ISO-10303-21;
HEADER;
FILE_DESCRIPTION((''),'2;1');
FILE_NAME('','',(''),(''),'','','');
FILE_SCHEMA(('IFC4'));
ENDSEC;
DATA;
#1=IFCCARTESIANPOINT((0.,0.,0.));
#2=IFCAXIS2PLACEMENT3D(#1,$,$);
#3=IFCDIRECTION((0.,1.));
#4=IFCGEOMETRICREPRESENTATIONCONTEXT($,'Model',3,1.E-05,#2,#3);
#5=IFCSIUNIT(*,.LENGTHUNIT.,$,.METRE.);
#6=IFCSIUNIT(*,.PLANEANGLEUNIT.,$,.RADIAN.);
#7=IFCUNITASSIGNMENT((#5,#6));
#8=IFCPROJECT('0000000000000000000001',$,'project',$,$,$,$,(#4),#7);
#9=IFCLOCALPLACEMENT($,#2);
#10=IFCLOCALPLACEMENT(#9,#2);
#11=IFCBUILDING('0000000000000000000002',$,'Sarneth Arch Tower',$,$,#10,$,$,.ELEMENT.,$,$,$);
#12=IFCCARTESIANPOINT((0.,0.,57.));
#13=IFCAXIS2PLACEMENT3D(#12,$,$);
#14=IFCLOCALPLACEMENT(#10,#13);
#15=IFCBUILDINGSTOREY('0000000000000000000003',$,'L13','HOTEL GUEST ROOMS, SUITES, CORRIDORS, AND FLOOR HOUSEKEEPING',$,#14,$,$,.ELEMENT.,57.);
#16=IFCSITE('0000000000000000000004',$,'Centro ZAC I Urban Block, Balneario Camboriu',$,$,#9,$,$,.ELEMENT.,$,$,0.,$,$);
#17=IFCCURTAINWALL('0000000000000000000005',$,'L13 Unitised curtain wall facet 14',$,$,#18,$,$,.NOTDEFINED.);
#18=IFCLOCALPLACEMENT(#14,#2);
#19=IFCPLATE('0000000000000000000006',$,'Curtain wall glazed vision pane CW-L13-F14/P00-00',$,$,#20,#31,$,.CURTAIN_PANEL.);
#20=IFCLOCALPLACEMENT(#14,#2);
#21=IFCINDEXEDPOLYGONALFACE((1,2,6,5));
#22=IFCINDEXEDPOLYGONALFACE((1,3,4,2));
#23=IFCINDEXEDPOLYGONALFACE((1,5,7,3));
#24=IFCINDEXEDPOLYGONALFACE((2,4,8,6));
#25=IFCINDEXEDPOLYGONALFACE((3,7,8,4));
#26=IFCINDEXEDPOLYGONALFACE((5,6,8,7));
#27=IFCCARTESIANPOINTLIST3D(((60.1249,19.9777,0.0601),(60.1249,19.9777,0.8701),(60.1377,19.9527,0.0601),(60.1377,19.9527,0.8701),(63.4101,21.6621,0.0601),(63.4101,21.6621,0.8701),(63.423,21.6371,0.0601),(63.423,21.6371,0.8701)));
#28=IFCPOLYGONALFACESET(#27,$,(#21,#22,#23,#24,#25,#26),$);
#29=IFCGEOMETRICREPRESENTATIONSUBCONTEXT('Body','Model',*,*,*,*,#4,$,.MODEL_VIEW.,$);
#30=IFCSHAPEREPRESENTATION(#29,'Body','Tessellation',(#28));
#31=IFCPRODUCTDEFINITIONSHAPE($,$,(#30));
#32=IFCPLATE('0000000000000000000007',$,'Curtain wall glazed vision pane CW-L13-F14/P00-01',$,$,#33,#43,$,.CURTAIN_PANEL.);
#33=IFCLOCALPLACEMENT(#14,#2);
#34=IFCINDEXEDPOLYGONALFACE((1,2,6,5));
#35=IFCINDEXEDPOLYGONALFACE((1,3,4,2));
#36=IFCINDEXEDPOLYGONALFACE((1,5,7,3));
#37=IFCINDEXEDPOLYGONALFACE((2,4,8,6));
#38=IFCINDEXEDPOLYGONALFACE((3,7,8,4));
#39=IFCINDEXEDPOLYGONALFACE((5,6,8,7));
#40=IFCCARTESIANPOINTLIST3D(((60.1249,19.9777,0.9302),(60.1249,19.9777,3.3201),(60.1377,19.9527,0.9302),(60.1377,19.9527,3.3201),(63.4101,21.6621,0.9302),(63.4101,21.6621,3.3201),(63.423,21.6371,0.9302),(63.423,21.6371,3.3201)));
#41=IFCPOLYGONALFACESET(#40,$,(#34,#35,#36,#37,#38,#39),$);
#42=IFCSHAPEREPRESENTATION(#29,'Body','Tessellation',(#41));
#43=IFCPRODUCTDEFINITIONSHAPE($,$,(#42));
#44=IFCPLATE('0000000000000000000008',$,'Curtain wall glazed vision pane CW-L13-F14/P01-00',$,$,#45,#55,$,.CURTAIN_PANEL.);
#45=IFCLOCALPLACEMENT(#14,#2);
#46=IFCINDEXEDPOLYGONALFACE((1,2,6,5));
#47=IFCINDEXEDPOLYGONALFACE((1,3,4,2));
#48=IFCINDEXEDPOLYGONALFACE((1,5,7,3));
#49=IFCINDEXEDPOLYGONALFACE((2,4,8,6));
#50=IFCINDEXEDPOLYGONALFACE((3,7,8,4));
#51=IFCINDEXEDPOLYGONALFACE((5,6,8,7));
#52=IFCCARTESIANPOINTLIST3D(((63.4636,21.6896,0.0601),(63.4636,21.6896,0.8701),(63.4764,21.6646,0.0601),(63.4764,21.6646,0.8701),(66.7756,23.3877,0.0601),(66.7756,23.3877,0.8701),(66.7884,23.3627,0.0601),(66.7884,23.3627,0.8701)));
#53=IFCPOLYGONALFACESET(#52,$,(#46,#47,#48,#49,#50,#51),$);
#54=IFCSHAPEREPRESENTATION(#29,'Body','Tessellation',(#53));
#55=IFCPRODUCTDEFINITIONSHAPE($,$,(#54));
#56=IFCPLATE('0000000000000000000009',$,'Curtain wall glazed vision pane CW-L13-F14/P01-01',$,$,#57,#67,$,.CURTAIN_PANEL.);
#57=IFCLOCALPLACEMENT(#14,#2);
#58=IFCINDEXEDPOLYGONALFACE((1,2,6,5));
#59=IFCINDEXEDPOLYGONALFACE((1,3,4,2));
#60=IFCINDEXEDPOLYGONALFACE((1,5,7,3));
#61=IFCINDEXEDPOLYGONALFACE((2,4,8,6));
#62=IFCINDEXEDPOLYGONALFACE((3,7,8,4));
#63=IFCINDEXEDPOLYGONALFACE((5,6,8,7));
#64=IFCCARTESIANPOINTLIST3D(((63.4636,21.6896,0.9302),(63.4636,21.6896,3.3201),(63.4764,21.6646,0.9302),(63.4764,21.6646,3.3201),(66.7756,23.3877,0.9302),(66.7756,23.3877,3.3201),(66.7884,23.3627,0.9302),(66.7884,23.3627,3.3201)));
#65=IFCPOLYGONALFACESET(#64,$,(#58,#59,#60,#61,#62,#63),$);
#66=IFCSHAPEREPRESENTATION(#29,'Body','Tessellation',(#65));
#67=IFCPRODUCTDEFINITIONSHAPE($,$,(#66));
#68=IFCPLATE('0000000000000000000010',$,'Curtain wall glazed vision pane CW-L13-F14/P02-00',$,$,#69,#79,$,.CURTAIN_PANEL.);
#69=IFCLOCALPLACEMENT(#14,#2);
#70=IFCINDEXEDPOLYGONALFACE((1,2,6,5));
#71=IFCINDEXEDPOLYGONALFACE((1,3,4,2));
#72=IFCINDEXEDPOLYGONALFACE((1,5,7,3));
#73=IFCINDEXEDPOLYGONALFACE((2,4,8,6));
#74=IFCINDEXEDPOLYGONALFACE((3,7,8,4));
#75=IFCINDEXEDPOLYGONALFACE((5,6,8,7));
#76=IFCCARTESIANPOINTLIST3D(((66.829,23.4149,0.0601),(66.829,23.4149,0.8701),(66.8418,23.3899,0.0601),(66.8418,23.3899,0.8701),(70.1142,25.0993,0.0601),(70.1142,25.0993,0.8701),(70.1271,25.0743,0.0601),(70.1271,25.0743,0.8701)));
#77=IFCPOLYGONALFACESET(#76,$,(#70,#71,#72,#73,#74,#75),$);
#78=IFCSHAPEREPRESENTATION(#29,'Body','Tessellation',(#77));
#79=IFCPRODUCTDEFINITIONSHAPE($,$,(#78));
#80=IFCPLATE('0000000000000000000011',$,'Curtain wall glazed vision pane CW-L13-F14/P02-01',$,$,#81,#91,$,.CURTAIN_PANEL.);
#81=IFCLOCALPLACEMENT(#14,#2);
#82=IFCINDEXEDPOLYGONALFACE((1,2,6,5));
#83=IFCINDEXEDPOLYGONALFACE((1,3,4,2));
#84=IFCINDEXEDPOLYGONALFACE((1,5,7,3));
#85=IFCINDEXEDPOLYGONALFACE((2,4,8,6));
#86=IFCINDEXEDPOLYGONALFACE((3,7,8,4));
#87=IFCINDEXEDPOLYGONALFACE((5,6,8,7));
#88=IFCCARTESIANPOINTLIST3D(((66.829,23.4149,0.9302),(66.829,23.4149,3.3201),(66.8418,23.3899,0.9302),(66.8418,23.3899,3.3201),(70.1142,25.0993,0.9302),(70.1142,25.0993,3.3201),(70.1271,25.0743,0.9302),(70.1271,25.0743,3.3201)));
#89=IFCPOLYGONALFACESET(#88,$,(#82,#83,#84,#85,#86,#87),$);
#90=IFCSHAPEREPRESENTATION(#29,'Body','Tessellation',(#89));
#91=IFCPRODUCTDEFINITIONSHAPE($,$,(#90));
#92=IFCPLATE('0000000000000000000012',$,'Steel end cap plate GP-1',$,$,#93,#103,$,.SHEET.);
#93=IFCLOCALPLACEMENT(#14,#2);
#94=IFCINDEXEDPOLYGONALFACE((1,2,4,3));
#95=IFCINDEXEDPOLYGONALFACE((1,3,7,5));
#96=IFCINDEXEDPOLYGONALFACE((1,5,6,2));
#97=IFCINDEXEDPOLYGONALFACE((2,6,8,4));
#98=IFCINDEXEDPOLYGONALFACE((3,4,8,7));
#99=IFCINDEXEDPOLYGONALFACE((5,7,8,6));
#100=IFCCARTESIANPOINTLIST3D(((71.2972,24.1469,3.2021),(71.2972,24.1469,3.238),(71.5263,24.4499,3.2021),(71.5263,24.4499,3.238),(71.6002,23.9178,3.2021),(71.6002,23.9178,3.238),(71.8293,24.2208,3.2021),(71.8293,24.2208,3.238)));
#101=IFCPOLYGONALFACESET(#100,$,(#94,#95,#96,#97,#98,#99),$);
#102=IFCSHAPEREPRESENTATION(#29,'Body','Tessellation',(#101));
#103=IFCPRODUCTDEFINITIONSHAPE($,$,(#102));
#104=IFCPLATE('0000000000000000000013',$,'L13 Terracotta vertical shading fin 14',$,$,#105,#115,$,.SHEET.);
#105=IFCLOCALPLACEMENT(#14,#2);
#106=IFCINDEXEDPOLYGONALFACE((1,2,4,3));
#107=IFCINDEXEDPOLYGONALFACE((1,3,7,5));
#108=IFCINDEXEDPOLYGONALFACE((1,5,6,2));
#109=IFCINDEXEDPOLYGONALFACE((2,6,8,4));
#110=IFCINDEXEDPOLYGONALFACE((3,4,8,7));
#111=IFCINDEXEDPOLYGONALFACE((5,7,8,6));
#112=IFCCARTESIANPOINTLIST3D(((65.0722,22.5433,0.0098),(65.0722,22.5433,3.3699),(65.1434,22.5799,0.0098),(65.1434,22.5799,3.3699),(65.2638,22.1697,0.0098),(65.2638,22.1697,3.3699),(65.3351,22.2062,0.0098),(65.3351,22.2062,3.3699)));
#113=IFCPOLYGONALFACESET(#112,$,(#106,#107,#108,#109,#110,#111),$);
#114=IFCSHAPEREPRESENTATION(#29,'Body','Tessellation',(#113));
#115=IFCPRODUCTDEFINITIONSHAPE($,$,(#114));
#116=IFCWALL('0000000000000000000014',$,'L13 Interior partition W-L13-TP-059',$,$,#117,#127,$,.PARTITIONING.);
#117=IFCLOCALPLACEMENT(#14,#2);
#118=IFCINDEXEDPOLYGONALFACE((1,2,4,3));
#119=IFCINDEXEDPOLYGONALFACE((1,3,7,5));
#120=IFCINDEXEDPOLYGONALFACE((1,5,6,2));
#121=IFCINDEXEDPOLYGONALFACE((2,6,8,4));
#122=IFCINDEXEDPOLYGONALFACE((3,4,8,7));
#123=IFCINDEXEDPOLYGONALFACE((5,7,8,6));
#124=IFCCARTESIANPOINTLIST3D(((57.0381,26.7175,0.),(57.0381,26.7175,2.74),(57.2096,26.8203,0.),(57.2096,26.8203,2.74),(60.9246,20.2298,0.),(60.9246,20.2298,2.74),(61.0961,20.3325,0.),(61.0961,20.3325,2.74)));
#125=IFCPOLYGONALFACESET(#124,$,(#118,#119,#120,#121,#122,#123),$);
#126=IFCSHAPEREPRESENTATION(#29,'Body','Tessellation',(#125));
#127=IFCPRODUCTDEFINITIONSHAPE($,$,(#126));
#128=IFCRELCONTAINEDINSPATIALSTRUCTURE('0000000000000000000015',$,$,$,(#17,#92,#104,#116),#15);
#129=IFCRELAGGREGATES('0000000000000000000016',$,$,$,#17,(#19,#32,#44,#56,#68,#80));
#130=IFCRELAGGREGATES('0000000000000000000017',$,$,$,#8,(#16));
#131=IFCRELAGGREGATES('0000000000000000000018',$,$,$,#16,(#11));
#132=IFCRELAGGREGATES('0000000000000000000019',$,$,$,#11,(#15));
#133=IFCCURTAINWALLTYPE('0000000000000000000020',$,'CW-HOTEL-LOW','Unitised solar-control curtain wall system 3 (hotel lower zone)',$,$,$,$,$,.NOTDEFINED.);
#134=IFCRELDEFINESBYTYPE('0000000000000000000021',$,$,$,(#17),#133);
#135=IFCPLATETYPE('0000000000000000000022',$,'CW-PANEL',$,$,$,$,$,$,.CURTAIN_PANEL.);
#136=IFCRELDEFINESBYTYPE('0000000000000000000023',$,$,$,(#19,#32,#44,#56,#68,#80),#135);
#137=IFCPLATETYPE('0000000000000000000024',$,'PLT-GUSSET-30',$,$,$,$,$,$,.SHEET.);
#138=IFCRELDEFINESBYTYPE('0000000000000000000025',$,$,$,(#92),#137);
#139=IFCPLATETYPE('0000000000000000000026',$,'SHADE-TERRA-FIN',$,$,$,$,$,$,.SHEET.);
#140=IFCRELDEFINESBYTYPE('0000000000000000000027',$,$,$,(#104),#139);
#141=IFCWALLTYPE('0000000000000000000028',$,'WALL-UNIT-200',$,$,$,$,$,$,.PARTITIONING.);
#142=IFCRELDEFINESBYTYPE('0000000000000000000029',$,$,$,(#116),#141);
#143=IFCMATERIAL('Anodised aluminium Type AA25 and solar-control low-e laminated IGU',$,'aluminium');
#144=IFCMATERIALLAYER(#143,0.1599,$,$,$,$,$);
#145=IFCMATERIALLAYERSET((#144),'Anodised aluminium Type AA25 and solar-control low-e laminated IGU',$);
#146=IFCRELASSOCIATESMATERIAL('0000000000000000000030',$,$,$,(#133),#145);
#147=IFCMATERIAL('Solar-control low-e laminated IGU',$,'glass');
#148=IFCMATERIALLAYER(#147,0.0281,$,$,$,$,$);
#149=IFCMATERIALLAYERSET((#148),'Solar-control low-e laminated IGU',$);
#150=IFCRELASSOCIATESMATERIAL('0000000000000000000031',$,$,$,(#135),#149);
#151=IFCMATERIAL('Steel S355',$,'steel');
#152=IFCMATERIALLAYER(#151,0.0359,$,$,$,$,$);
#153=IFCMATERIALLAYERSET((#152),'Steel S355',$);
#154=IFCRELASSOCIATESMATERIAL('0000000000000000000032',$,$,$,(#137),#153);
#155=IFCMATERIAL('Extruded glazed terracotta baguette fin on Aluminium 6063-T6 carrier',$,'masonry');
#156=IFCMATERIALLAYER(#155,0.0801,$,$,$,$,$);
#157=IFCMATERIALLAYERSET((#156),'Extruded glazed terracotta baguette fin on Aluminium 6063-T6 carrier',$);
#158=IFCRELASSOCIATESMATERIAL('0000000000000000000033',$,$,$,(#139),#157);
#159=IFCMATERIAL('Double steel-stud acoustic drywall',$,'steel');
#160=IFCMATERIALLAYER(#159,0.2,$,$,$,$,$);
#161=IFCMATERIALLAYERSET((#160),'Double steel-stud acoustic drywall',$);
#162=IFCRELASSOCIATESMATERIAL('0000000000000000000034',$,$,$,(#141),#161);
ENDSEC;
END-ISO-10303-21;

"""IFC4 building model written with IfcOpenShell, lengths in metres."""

from ifc_helpers import new_model, si_unit, direction, frame, frame_2d, origin, origin_2d, place, context, subcontext, project, spatial, rectangle, extrude, material, layer, layer_set, type_object, element, aggregate, save


model = new_model("IFC4")

# Units and contexts
model_context = context("Model", 3, precision=1e-05, world=origin(), true_north=direction((0.0, 1.0)))
body_context = subcontext(model_context, "Body", "Model", "MODEL_VIEW")
ifc_project = project(units=[si_unit("LENGTHUNIT", "METRE"), si_unit("PLANEANGLEUNIT", "RADIAN")], contexts=[model_context])

# Site, building, storey
site_placement = place(None, origin())
site = spatial("IfcSite", under=ifc_project, at=site_placement, Name="Centro ZAC I Urban Block, Balneario Camboriu", CompositionType="ELEMENT", RefElevation=0.0)
building_placement = place(site_placement, origin())
building = spatial("IfcBuilding", under=site, at=building_placement, Name="Sarneth Arch Tower", CompositionType="ELEMENT")
storey_placement = place(building_placement, frame((0.0, 0.0, 57.0)))
storey = spatial("IfcBuildingStorey", under=building, at=storey_placement, Name="L13", Description="HOTEL GUEST ROOMS, SUITES, CORRIDORS, AND FLOOR HOUSEKEEPING", CompositionType="ELEMENT", Elevation=57.0)

# Curtain wall, plates
ifc_material_1 = material(Name="Anodised aluminium Type AA25 and solar-control low-e laminated IGU", Category="aluminium")
ifc_layer_1 = layer(ifc_material_1, 0.1599)
ifc_layer_set_1 = layer_set([ifc_layer_1], Name="Anodised aluminium Type AA25 and solar-control low-e laminated IGU")
curtain_wall_type = type_object("IfcCurtainWallType", Name="CW-HOTEL-LOW", Description="Unitised solar-control curtain wall system 3 (hotel lower zone)", PredefinedType="NOTDEFINED", material=ifc_layer_set_1)
curtain_wall_placement = place(storey_placement, origin())
curtain_wall = element("IfcCurtainWall", 1, at=curtain_wall_placement, inside=storey, type_object=curtain_wall_type, Name="L13 Unitised curtain wall facet 14", PredefinedType="NOTDEFINED")
ifc_material_2 = material(Name="Solar-control low-e laminated IGU", Category="glass")
ifc_layer_2 = layer(ifc_material_2, 0.0281)
ifc_layer_set_2 = layer_set([ifc_layer_2], Name="Solar-control low-e laminated IGU")
plate_type_1 = type_object("IfcPlateType", Name="CW-PANEL", PredefinedType="CURTAIN_PANEL", material=ifc_layer_set_2)
plate_1_placement = place(storey_placement, frame((61.7739, 20.8074, 0.0601), z_axis=(0.0, 0.0, 1.0), x_axis=(0.889854, 0.456245, 0.0)))
plate_1 = element("IfcPlate", 2, at=plate_1_placement, type_object=plate_type_1, Name="Curtain wall glazed vision pane CW-L13-F14/P00-00", PredefinedType="CURTAIN_PANEL", context=body_context, shape_type="SweptSolid", body=[
    extrude(rectangle(XDim=3.6919, YDim=0.0281, at=origin_2d()), origin(), (0.0, 0.0, 1.0), 0.8101),
])
plate_2_placement = place(storey_placement, frame((61.7739, 20.8074, 0.9302), z_axis=(0.0, 0.0, 1.0), x_axis=(0.889854, 0.456245, 0.0)))
plate_2 = element("IfcPlate", 3, at=plate_2_placement, type_object=plate_type_1, Name="Curtain wall glazed vision pane CW-L13-F14/P00-01", PredefinedType="CURTAIN_PANEL", context=body_context, shape_type="SweptSolid", body=[
    extrude(rectangle(XDim=3.6919, YDim=0.0281, at=origin_2d()), origin(), (0.0, 0.0, 1.0), 2.3899),
])
plate_3_placement = place(storey_placement, frame((65.126, 22.5261, 0.0601), z_axis=(0.0, 0.0, 1.0), x_axis=(0.889854, 0.456245, 0.0)))
plate_3 = element("IfcPlate", 4, at=plate_3_placement, type_object=plate_type_1, Name="Curtain wall glazed vision pane CW-L13-F14/P01-00", PredefinedType="CURTAIN_PANEL", context=body_context, shape_type="SweptSolid", body=[
    extrude(rectangle(XDim=3.7219, YDim=0.0281, at=origin_2d()), origin(), (0.0, 0.0, 1.0), 0.8101),
])
plate_4_placement = place(storey_placement, frame((65.126, 22.5261, 0.9302), z_axis=(0.0, 0.0, 1.0), x_axis=(0.889854, 0.456245, 0.0)))
plate_4 = element("IfcPlate", 5, at=plate_4_placement, type_object=plate_type_1, Name="Curtain wall glazed vision pane CW-L13-F14/P01-01", PredefinedType="CURTAIN_PANEL", context=body_context, shape_type="SweptSolid", body=[
    extrude(rectangle(XDim=3.7219, YDim=0.0281, at=origin_2d()), origin(), (0.0, 0.0, 1.0), 2.3899),
])
plate_5_placement = place(storey_placement, frame((68.478, 24.2446, 0.0601), z_axis=(0.0, 0.0, 1.0), x_axis=(0.889854, 0.456245, 0.0)))
plate_5 = element("IfcPlate", 6, at=plate_5_placement, type_object=plate_type_1, Name="Curtain wall glazed vision pane CW-L13-F14/P02-00", PredefinedType="CURTAIN_PANEL", context=body_context, shape_type="SweptSolid", body=[
    extrude(rectangle(XDim=3.6919, YDim=0.0281, at=origin_2d()), origin(), (0.0, 0.0, 1.0), 0.8101),
])
plate_6_placement = place(storey_placement, frame((68.478, 24.2446, 0.9302), z_axis=(0.0, 0.0, 1.0), x_axis=(0.889854, 0.456245, 0.0)))
plate_6 = element("IfcPlate", 7, at=plate_6_placement, type_object=plate_type_1, Name="Curtain wall glazed vision pane CW-L13-F14/P02-01", PredefinedType="CURTAIN_PANEL", context=body_context, shape_type="SweptSolid", body=[
    extrude(rectangle(XDim=3.6919, YDim=0.0281, at=origin_2d()), origin(), (0.0, 0.0, 1.0), 2.3899),
])
aggregate(curtain_wall, [plate_1, plate_2, plate_3, plate_4, plate_5, plate_6])

# Plates
ifc_material_3 = material(Name="Steel S355", Category="steel")
ifc_layer_3 = layer(ifc_material_3, 0.0359)
ifc_layer_set_3 = layer_set([ifc_layer_3], Name="Steel S355")
plate_type_2 = type_object("IfcPlateType", Name="PLT-GUSSET-30", PredefinedType="SHEET", material=ifc_layer_set_3)
plate_7_placement = place(storey_placement, frame((71.5632, 24.1838, 3.2021), z_axis=(0.0, 0.0, 1.0), x_axis=(0.797689, -0.603069, 0.0)))
element("IfcPlate", 8, at=plate_7_placement, inside=storey, type_object=plate_type_2, Name="Steel end cap plate GP-1", PredefinedType="SHEET", context=body_context, shape_type="SweptSolid", body=[
    extrude(rectangle(XDim=0.3799, YDim=0.3799, at=origin_2d()), origin(), (0.0, 0.0, 1.0), 0.0359),
])
ifc_material_4 = material(Name="Extruded glazed terracotta baguette fin on Aluminium 6063-T6 carrier", Category="masonry")
ifc_layer_4 = layer(ifc_material_4, 0.0801)
ifc_layer_set_4 = layer_set([ifc_layer_4], Name="Extruded glazed terracotta baguette fin on Aluminium 6063-T6 carrier")
plate_type_3 = type_object("IfcPlateType", Name="SHADE-TERRA-FIN", PredefinedType="SHEET", material=ifc_layer_set_4)
plate_8_placement = place(storey_placement, frame((65.2036, 22.3748, 0.0098), z_axis=(0.0, 0.0, 1.0), x_axis=(0.456322, -0.889815, 0.0)))
element("IfcPlate", 9, at=plate_8_placement, inside=storey, type_object=plate_type_3, Name="L13 Terracotta vertical shading fin 14", PredefinedType="SHEET", context=body_context, shape_type="SweptSolid", body=[
    extrude(rectangle(XDim=0.4199, YDim=0.0801, at=origin_2d()), origin(), (0.0, 0.0, 1.0), 3.3601),
])

# Wall
ifc_material_5 = material(Name="Double steel-stud acoustic drywall", Category="steel")
ifc_layer_5 = layer(ifc_material_5, 0.2)
ifc_layer_set_5 = layer_set([ifc_layer_5], Name="Double steel-stud acoustic drywall")
wall_type = type_object("IfcWallType", Name="WALL-UNIT-200", PredefinedType="PARTITIONING", material=ifc_layer_set_5)
wall_placement = place(storey_placement, frame((61.0103, 20.2812, 0.0), z_axis=(0.0, 0.0, 1.0), x_axis=(-0.513893, 0.857854, 0.0)))
element("IfcWall", 10, at=wall_placement, inside=storey, type_object=wall_type, Name="L13 Interior partition W-L13-TP-059", PredefinedType="PARTITIONING", context=body_context, shape_type="SweptSolid", body=[
    extrude(rectangle(XDim=7.5627, YDim=0.2, at=frame_2d((3.7812, 0.0))), origin(), (0.0, 0.0, 1.0), 2.74),
])

save(model, "model.ifc")
